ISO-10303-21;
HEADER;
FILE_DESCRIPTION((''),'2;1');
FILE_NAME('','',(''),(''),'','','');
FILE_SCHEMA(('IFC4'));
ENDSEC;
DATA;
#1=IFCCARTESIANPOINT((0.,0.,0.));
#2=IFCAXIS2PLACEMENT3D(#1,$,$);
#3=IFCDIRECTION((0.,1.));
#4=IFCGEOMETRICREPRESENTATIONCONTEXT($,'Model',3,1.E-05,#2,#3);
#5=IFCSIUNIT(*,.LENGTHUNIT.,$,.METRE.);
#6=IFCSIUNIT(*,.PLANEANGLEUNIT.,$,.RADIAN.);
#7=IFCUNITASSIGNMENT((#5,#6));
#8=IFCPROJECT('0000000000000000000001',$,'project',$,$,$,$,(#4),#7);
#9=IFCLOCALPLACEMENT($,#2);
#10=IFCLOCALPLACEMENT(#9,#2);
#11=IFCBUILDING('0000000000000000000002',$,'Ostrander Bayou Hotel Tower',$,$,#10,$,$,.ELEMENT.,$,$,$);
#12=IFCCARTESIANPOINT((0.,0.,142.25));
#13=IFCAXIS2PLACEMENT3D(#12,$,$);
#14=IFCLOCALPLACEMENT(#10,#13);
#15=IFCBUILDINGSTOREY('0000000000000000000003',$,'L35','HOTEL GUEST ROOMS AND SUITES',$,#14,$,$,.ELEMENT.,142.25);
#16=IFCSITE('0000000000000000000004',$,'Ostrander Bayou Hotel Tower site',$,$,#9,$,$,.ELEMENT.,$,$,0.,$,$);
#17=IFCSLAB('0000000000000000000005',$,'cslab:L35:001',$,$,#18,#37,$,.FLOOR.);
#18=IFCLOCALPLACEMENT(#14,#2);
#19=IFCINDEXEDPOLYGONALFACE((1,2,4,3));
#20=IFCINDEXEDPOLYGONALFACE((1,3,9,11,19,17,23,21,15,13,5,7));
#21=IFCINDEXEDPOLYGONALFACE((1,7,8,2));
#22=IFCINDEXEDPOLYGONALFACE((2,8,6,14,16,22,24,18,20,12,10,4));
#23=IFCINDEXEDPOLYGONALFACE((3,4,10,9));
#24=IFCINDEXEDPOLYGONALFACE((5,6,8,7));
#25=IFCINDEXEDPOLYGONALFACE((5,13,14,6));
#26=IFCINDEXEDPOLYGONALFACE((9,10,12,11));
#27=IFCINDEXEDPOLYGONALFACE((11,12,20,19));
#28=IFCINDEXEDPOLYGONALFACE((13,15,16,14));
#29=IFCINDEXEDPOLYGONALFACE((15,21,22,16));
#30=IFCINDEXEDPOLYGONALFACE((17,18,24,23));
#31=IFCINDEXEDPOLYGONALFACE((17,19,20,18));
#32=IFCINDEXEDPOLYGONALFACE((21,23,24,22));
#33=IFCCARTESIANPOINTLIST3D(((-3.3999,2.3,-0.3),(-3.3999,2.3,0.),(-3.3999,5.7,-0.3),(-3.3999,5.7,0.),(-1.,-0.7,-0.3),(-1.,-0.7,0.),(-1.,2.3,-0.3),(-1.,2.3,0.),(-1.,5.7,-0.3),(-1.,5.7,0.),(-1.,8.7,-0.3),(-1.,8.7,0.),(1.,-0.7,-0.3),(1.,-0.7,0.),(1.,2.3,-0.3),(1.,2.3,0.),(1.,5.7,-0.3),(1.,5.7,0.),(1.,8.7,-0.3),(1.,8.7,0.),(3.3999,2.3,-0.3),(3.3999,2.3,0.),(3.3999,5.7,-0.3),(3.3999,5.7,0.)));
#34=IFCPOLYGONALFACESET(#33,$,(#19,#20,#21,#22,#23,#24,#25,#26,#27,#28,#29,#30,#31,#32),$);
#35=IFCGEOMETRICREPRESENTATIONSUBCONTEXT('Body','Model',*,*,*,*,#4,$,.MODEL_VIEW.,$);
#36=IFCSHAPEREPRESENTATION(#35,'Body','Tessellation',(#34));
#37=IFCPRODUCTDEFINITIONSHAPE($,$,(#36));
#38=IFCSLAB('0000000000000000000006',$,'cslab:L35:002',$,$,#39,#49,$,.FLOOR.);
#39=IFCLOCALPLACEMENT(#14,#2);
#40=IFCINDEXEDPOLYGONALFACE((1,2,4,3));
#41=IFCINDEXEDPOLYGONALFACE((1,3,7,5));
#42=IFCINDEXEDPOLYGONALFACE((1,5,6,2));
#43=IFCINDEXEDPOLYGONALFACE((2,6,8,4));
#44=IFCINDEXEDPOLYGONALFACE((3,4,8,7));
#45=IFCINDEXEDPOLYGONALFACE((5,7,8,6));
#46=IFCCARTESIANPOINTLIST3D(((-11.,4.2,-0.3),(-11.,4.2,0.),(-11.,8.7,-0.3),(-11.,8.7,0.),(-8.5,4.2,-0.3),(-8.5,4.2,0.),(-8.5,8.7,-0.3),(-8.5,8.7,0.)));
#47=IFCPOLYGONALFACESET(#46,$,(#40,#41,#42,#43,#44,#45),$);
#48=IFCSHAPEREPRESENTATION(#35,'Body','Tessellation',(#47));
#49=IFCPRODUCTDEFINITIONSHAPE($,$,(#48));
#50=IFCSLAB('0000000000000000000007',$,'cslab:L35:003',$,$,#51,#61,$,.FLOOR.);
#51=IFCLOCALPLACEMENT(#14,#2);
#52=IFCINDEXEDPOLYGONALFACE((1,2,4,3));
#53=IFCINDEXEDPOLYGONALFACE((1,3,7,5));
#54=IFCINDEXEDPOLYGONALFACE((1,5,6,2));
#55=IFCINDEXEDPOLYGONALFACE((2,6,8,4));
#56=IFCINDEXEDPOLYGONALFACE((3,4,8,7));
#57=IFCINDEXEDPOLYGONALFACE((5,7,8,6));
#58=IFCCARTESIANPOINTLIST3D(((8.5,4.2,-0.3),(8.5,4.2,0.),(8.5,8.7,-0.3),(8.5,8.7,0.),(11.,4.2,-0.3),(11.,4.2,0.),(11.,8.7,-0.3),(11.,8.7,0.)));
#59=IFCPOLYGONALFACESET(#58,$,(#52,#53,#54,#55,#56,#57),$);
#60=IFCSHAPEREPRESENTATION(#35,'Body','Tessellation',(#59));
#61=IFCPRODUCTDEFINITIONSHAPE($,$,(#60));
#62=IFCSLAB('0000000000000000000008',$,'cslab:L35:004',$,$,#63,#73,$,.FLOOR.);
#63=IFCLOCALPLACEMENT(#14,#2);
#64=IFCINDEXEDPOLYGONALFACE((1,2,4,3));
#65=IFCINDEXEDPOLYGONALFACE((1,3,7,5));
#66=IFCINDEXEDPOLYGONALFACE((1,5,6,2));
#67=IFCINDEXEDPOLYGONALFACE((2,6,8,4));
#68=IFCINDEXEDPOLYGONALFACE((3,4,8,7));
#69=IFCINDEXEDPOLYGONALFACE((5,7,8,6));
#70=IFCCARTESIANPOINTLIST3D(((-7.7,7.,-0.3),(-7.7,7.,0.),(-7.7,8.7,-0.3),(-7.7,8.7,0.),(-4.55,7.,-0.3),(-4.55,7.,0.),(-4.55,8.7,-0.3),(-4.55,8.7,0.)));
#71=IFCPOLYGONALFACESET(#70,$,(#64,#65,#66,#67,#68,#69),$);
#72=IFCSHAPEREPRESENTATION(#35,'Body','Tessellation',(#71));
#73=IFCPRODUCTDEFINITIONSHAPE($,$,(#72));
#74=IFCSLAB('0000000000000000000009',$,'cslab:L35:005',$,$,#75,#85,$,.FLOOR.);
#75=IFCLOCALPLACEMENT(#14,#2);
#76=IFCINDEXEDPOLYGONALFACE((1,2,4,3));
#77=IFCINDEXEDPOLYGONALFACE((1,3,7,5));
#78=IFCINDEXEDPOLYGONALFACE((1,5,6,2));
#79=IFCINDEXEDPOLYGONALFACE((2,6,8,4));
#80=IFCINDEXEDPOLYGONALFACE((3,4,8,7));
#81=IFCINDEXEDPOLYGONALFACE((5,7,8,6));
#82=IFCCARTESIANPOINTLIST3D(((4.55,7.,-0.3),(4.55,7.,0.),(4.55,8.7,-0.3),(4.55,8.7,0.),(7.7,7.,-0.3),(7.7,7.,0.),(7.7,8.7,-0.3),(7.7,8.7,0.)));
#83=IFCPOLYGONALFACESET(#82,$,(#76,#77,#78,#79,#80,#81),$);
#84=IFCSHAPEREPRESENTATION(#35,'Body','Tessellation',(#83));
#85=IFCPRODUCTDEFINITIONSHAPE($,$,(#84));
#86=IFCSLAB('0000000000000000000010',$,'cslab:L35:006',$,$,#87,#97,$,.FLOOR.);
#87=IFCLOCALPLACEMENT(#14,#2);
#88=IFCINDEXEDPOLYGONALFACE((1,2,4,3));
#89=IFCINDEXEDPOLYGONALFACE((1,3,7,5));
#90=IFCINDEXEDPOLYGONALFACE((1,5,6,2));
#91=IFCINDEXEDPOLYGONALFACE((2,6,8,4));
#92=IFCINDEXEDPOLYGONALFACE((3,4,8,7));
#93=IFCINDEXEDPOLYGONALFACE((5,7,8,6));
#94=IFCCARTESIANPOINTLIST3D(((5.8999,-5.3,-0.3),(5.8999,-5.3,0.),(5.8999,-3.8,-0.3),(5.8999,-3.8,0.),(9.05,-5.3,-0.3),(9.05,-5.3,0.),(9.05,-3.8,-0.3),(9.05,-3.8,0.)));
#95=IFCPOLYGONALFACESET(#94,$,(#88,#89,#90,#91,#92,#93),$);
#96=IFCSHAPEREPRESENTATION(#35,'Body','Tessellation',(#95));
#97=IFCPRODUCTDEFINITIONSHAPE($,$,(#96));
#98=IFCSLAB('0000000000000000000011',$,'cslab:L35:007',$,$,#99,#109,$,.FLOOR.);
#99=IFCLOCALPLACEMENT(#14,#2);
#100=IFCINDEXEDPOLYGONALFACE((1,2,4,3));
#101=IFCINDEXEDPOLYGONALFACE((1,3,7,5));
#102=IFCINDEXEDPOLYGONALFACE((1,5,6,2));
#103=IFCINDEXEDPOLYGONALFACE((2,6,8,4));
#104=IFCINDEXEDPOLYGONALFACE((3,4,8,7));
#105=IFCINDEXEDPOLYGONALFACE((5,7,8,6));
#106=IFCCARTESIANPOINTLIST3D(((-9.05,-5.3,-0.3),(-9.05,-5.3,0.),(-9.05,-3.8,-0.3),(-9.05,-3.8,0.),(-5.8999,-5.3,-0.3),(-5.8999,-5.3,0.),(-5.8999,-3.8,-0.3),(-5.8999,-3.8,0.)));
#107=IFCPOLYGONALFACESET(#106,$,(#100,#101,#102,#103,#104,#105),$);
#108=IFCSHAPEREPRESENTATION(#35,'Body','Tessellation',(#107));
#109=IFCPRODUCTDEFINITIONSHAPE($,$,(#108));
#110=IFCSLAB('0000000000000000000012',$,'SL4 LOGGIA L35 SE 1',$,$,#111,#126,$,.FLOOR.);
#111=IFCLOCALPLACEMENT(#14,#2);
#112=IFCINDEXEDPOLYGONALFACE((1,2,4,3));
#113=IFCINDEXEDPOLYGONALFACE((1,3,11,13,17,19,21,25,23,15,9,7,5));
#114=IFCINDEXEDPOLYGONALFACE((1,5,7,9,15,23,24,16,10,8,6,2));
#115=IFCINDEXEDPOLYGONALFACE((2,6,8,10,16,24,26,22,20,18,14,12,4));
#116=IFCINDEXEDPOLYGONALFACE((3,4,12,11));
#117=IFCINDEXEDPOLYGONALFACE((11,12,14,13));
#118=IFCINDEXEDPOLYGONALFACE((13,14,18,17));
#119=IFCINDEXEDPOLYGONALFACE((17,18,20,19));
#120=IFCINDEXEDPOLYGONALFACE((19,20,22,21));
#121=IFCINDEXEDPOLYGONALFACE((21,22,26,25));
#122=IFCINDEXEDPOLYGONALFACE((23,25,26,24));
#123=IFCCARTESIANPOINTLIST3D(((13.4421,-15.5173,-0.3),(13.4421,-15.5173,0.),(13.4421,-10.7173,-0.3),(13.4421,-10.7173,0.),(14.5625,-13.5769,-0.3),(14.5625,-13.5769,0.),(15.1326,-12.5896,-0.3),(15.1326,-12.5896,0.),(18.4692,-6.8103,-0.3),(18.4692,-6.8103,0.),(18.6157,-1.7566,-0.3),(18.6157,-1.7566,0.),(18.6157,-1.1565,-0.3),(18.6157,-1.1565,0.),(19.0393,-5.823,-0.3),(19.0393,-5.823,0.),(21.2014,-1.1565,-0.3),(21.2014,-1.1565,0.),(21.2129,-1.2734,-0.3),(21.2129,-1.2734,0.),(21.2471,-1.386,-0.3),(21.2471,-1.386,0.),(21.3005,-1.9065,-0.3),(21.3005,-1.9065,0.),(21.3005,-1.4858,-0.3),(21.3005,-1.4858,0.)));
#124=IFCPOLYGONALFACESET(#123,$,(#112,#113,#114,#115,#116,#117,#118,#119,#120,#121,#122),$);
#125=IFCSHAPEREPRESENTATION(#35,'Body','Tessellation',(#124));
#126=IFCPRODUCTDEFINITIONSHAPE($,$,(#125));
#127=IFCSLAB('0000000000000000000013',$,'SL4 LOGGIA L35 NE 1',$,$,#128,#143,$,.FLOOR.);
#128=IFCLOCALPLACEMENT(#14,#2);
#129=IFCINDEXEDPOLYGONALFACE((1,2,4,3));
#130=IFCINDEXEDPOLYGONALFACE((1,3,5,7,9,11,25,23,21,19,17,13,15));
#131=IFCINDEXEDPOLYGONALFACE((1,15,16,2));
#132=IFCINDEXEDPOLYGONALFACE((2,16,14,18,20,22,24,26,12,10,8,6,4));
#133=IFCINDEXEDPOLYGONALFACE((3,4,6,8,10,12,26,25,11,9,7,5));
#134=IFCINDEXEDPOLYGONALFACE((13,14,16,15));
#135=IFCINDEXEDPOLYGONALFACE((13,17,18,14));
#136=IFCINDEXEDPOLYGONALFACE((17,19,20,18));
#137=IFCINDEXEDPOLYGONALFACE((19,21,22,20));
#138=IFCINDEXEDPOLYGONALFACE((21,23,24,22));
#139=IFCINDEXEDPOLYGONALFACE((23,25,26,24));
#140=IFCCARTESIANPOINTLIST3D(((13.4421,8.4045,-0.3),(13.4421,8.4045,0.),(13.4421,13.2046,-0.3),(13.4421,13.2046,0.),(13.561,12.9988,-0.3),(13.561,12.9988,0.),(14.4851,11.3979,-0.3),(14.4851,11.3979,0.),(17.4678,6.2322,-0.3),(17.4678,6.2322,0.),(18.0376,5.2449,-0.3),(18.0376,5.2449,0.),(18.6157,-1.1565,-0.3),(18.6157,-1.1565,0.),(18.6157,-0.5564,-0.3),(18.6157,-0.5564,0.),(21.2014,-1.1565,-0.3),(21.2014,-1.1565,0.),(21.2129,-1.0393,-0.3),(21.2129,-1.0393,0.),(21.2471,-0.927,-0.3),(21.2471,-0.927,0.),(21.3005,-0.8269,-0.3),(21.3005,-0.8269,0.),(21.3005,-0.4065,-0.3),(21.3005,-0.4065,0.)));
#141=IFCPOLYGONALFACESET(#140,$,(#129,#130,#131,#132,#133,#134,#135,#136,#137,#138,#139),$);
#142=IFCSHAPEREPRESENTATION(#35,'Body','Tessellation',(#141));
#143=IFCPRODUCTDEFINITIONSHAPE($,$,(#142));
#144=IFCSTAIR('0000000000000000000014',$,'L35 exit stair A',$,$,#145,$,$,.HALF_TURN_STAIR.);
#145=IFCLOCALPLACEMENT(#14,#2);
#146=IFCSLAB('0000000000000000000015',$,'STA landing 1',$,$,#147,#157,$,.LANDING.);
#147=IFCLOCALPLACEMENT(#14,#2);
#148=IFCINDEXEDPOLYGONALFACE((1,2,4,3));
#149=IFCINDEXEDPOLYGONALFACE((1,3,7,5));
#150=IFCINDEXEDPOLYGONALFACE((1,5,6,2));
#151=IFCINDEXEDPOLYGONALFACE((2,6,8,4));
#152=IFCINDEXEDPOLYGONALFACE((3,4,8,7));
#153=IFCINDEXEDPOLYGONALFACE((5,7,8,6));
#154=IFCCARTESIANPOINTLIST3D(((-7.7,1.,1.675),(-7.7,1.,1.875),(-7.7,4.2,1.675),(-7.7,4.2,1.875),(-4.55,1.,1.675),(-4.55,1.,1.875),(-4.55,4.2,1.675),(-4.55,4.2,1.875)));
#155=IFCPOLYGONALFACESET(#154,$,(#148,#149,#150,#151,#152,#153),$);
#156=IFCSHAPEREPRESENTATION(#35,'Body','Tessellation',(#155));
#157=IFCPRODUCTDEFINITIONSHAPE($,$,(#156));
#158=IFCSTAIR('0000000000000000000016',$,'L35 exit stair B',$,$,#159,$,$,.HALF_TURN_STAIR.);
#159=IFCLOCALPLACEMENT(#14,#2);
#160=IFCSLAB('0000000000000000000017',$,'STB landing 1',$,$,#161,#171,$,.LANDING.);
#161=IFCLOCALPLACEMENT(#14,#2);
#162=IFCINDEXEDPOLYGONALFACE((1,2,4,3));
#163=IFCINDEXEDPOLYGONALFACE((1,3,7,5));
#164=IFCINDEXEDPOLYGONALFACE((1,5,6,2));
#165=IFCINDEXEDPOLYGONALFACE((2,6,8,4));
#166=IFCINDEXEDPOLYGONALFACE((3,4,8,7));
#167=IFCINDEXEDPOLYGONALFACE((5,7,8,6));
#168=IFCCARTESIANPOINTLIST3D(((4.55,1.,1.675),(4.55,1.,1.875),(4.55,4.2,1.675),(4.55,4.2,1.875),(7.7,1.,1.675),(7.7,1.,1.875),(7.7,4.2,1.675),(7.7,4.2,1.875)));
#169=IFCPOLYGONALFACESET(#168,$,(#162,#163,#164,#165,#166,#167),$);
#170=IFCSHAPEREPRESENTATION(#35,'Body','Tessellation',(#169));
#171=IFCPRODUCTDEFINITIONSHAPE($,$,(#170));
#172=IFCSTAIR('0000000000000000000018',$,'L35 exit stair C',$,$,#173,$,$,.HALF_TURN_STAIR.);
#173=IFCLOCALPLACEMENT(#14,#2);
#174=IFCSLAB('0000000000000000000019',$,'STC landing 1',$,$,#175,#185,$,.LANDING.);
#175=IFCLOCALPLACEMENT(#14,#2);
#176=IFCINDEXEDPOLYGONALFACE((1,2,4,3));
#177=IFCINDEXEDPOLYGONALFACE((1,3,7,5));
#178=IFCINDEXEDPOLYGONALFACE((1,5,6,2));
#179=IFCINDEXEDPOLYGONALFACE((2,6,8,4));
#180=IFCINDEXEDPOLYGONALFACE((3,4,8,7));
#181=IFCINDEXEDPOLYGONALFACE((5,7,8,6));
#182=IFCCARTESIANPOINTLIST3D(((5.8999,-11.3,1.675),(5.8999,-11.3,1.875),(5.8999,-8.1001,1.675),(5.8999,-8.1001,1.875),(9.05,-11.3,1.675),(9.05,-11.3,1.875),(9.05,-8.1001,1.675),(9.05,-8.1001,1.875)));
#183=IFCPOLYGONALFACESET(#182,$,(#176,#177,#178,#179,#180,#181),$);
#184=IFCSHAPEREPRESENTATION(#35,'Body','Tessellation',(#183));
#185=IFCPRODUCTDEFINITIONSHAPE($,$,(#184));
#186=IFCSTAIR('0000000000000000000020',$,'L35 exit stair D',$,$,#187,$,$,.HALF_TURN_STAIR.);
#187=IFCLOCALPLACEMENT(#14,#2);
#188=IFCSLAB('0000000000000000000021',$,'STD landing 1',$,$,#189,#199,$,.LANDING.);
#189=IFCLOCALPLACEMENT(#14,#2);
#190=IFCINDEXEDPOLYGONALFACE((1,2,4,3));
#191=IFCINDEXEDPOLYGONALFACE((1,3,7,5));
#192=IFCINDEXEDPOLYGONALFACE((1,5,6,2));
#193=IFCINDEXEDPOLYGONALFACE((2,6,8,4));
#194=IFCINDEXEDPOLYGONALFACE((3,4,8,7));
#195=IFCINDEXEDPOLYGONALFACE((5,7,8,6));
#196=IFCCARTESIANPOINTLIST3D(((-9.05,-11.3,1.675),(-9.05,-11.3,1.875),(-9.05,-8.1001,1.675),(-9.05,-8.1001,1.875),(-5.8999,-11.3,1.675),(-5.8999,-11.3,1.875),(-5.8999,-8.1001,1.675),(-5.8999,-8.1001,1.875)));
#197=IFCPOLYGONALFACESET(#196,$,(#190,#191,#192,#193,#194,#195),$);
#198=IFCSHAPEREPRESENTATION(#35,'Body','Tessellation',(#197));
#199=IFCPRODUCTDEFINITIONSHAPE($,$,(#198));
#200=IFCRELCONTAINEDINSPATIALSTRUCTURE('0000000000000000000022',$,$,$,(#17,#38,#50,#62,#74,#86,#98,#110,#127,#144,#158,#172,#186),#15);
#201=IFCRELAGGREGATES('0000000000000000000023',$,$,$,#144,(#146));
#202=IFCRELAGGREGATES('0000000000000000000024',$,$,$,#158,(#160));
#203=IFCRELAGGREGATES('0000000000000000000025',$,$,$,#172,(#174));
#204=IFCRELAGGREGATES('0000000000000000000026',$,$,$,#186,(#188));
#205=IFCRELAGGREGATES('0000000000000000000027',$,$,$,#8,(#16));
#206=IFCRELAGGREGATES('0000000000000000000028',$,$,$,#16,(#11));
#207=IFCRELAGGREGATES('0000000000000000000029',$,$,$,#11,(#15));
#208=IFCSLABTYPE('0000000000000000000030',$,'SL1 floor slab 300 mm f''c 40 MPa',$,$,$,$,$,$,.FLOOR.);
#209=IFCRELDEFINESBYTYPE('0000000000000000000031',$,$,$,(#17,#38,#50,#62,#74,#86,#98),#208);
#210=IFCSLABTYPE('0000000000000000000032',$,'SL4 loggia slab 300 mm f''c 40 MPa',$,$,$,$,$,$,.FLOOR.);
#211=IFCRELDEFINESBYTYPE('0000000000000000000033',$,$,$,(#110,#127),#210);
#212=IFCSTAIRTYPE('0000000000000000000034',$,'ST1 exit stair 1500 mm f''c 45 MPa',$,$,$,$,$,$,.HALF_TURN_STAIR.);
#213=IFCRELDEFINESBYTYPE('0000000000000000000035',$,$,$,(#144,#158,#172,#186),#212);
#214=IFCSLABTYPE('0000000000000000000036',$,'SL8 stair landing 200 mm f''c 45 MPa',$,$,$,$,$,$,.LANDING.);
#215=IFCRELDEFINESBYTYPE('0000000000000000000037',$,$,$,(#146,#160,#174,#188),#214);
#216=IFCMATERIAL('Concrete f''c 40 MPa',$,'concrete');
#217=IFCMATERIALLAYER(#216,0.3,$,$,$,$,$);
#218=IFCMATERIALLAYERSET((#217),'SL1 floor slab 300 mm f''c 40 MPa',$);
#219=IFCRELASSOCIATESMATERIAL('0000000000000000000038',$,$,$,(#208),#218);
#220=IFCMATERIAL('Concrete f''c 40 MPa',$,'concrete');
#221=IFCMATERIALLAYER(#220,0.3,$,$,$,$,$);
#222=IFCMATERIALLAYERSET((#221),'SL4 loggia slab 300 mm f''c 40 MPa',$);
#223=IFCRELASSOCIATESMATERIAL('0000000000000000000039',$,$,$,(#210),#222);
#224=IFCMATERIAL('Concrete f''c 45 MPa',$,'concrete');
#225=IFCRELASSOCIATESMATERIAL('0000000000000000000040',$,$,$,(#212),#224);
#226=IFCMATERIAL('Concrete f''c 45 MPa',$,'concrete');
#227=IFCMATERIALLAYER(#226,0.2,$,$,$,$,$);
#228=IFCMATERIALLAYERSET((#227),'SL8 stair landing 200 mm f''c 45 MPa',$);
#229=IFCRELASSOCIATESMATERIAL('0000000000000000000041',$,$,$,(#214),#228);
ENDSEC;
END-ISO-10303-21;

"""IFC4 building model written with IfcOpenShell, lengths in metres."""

from ifc_helpers import new_model, si_unit, direction, frame, origin, place, context, subcontext, project, spatial, polyline, outline, extrude, material, layer, layer_set, type_object, element, aggregate, save


model = new_model("IFC4")

# Units and contexts
model_context = context("Model", 3, precision=1e-05, world=origin(), true_north=direction((0.0, 1.0)))
body_context = subcontext(model_context, "Body", "Model", "MODEL_VIEW")
ifc_project = project(units=[si_unit("LENGTHUNIT", "METRE"), si_unit("PLANEANGLEUNIT", "RADIAN")], contexts=[model_context])

# Site, building, storey
site_placement = place(None, origin())
site = spatial("IfcSite", under=ifc_project, at=site_placement, Name="Ostrander Bayou Hotel Tower site", CompositionType="ELEMENT", RefElevation=0.0)
building_placement = place(site_placement, origin())
building = spatial("IfcBuilding", under=site, at=building_placement, Name="Ostrander Bayou Hotel Tower", CompositionType="ELEMENT")
storey_placement = place(building_placement, frame((0.0, 0.0, 142.25)))
storey = spatial("IfcBuildingStorey", under=building, at=storey_placement, Name="L35", Description="HOTEL GUEST ROOMS AND SUITES", CompositionType="ELEMENT", Elevation=142.25)

# Slabs
ifc_material_1 = material(Name="Concrete f'c 40 MPa", Category="concrete")
ifc_layer_1 = layer(ifc_material_1, 0.3)
ifc_layer_set_1 = layer_set([ifc_layer_1], Name="SL1 floor slab 300 mm f'c 40 MPa")
slab_type_1 = type_object("IfcSlabType", Name="SL1 floor slab 300 mm f'c 40 MPa", PredefinedType="FLOOR", material=ifc_layer_set_1)
slab_1_placement = place(storey_placement, frame((0.0, 0.0, -0.3)))
element("IfcSlab", 1, at=slab_1_placement, inside=storey, type_object=slab_type_1, Name="cslab:L35:001", PredefinedType="FLOOR", context=body_context, shape_type="SweptSolid", body=[
    extrude(outline(polyline([(-3.3999, 5.7), (-1.0, 5.7), (-1.0, 8.7), (1.0, 8.7), (1.0, 5.7), (3.3999, 5.7), (3.3999, 2.3), (1.0, 2.3), (1.0, -0.7), (-1.0, -0.7), (-1.0, 2.3), (-3.3999, 2.3), (-3.3999, 5.7)])), origin(), (0.0, 0.0, 1.0), 0.3),
])
slab_2_placement = place(storey_placement, frame((0.0, 0.0, -0.3)))
element("IfcSlab", 2, at=slab_2_placement, inside=storey, type_object=slab_type_1, Name="cslab:L35:002", PredefinedType="FLOOR", context=body_context, shape_type="SweptSolid", body=[
    extrude(outline(polyline([(-8.5, 4.2), (-8.5, 8.7), (-11.0, 8.7), (-11.0, 4.2), (-8.5, 4.2)])), origin(), (0.0, 0.0, 1.0), 0.3),
])
slab_3_placement = place(storey_placement, frame((0.0, 0.0, -0.3)))
element("IfcSlab", 3, at=slab_3_placement, inside=storey, type_object=slab_type_1, Name="cslab:L35:003", PredefinedType="FLOOR", context=body_context, shape_type="SweptSolid", body=[
    extrude(outline(polyline([(11.0, 4.2), (11.0, 8.7), (8.5, 8.7), (8.5, 4.2), (11.0, 4.2)])), origin(), (0.0, 0.0, 1.0), 0.3),
])
slab_4_placement = place(storey_placement, frame((0.0, 0.0, -0.3)))
element("IfcSlab", 4, at=slab_4_placement, inside=storey, type_object=slab_type_1, Name="cslab:L35:004", PredefinedType="FLOOR", context=body_context, shape_type="SweptSolid", body=[
    extrude(outline(polyline([(-4.55, 7.0), (-4.55, 8.7), (-7.7, 8.7), (-7.7, 7.0), (-4.55, 7.0)])), origin(), (0.0, 0.0, 1.0), 0.3),
])
slab_5_placement = place(storey_placement, frame((0.0, 0.0, -0.3)))
element("IfcSlab", 5, at=slab_5_placement, inside=storey, type_object=slab_type_1, Name="cslab:L35:005", PredefinedType="FLOOR", context=body_context, shape_type="SweptSolid", body=[
    extrude(outline(polyline([(7.7, 7.0), (7.7, 8.7), (4.55, 8.7), (4.55, 7.0), (7.7, 7.0)])), origin(), (0.0, 0.0, 1.0), 0.3),
])
slab_6_placement = place(storey_placement, frame((0.0, 0.0, -0.3)))
element("IfcSlab", 6, at=slab_6_placement, inside=storey, type_object=slab_type_1, Name="cslab:L35:006", PredefinedType="FLOOR", context=body_context, shape_type="SweptSolid", body=[
    extrude(outline(polyline([(9.05, -5.3), (9.05, -3.8), (5.8999, -3.8), (5.8999, -5.3), (9.05, -5.3)])), origin(), (0.0, 0.0, 1.0), 0.3),
])
slab_7_placement = place(storey_placement, frame((0.0, 0.0, -0.3)))
element("IfcSlab", 7, at=slab_7_placement, inside=storey, type_object=slab_type_1, Name="cslab:L35:007", PredefinedType="FLOOR", context=body_context, shape_type="SweptSolid", body=[
    extrude(outline(polyline([(-5.8999, -5.3), (-5.8999, -3.8), (-9.05, -3.8), (-9.05, -5.3), (-5.8999, -5.3)])), origin(), (0.0, 0.0, 1.0), 0.3),
])
ifc_material_2 = material(Name="Concrete f'c 40 MPa", Category="concrete")
ifc_layer_2 = layer(ifc_material_2, 0.3)
ifc_layer_set_2 = layer_set([ifc_layer_2], Name="SL4 loggia slab 300 mm f'c 40 MPa")
slab_type_2 = type_object("IfcSlabType", Name="SL4 loggia slab 300 mm f'c 40 MPa", PredefinedType="FLOOR", material=ifc_layer_set_2)
slab_8_placement = place(storey_placement, frame((0.0, 0.0, -0.3)))
element("IfcSlab", 8, at=slab_8_placement, inside=storey, type_object=slab_type_2, Name="SL4 LOGGIA L35 SE 1", PredefinedType="FLOOR", context=body_context, shape_type="SweptSolid", body=[
    extrude(outline(polyline([(15.1326, -12.5896), (14.5625, -13.5769), (13.4421, -15.5173), (13.4421, -10.7173), (18.6157, -1.7566), (18.6157, -1.1565), (21.2014, -1.1565), (21.2129, -1.2734), (21.2471, -1.386), (21.3005, -1.4858), (21.3005, -1.9065), (19.0393, -5.823), (18.4692, -6.8103), (15.1326, -12.5896)])), origin(), (0.0, 0.0, 1.0), 0.3),
])
slab_9_placement = place(storey_placement, frame((0.0, 0.0, -0.3)))
element("IfcSlab", 9, at=slab_9_placement, inside=storey, type_object=slab_type_2, Name="SL4 LOGGIA L35 NE 1", PredefinedType="FLOOR", context=body_context, shape_type="SweptSolid", body=[
    extrude(outline(polyline([(13.4421, 13.2046), (13.561, 12.9988), (14.4851, 11.3979), (17.4678, 6.2322), (18.0376, 5.2449), (21.3005, -0.4065), (21.3005, -0.8269), (21.2471, -0.927), (21.2129, -1.0393), (21.2014, -1.1565), (18.6157, -1.1565), (18.6157, -0.5564), (13.4421, 8.4045), (13.4421, 13.2046)])), origin(), (0.0, 0.0, 1.0), 0.3),
])

# Stairs, slabs
ifc_material_3 = material(Name="Concrete f'c 45 MPa", Category="concrete")
stair_type = type_object("IfcStairType", Name="ST1 exit stair 1500 mm f'c 45 MPa", PredefinedType="HALF_TURN_STAIR", material=ifc_material_3)
stair_1_placement = place(storey_placement, origin())
stair_1 = element("IfcStair", 10, at=stair_1_placement, inside=storey, type_object=stair_type, Name="L35 exit stair A", PredefinedType="HALF_TURN_STAIR")
ifc_material_4 = material(Name="Concrete f'c 45 MPa", Category="concrete")
ifc_layer_3 = layer(ifc_material_4, 0.2)
ifc_layer_set_3 = layer_set([ifc_layer_3], Name="SL8 stair landing 200 mm f'c 45 MPa")
slab_type_3 = type_object("IfcSlabType", Name="SL8 stair landing 200 mm f'c 45 MPa", PredefinedType="LANDING", material=ifc_layer_set_3)
slab_10_placement = place(storey_placement, frame((0.0, 0.0, 1.675)))
slab_10 = element("IfcSlab", 11, at=slab_10_placement, type_object=slab_type_3, Name="STA landing 1", PredefinedType="LANDING", context=body_context, shape_type="SweptSolid", body=[
    extrude(outline(polyline([(-7.7, 4.2), (-7.7, 1.0), (-4.55, 1.0), (-4.55, 4.2), (-7.7, 4.2)])), origin(), (0.0, 0.0, 1.0), 0.2),
])
aggregate(stair_1, [slab_10])
stair_2_placement = place(storey_placement, origin())
stair_2 = element("IfcStair", 12, at=stair_2_placement, inside=storey, type_object=stair_type, Name="L35 exit stair B", PredefinedType="HALF_TURN_STAIR")
slab_11_placement = place(storey_placement, frame((0.0, 0.0, 1.675)))
slab_11 = element("IfcSlab", 13, at=slab_11_placement, type_object=slab_type_3, Name="STB landing 1", PredefinedType="LANDING", context=body_context, shape_type="SweptSolid", body=[
    extrude(outline(polyline([(4.55, 4.2), (4.55, 1.0), (7.7, 1.0), (7.7, 4.2), (4.55, 4.2)])), origin(), (0.0, 0.0, 1.0), 0.2),
])
aggregate(stair_2, [slab_11])
stair_3_placement = place(storey_placement, origin())
stair_3 = element("IfcStair", 14, at=stair_3_placement, inside=storey, type_object=stair_type, Name="L35 exit stair C", PredefinedType="HALF_TURN_STAIR")
slab_12_placement = place(storey_placement, frame((0.0, 0.0, 1.675)))
slab_12 = element("IfcSlab", 15, at=slab_12_placement, type_object=slab_type_3, Name="STC landing 1", PredefinedType="LANDING", context=body_context, shape_type="SweptSolid", body=[
    extrude(outline(polyline([(5.8999, -8.1001), (5.8999, -11.3), (9.05, -11.3), (9.05, -8.1001), (5.8999, -8.1001)])), origin(), (0.0, 0.0, 1.0), 0.2),
])
aggregate(stair_3, [slab_12])
stair_4_placement = place(storey_placement, origin())
stair_4 = element("IfcStair", 16, at=stair_4_placement, inside=storey, type_object=stair_type, Name="L35 exit stair D", PredefinedType="HALF_TURN_STAIR")
slab_13_placement = place(storey_placement, frame((0.0, 0.0, 1.675)))
slab_13 = element("IfcSlab", 17, at=slab_13_placement, type_object=slab_type_3, Name="STD landing 1", PredefinedType="LANDING", context=body_context, shape_type="SweptSolid", body=[
    extrude(outline(polyline([(-9.05, -8.1001), (-9.05, -11.3), (-5.8999, -11.3), (-5.8999, -8.1001), (-9.05, -8.1001)])), origin(), (0.0, 0.0, 1.0), 0.2),
])
aggregate(stair_4, [slab_13])

save(model, "model.ifc")
